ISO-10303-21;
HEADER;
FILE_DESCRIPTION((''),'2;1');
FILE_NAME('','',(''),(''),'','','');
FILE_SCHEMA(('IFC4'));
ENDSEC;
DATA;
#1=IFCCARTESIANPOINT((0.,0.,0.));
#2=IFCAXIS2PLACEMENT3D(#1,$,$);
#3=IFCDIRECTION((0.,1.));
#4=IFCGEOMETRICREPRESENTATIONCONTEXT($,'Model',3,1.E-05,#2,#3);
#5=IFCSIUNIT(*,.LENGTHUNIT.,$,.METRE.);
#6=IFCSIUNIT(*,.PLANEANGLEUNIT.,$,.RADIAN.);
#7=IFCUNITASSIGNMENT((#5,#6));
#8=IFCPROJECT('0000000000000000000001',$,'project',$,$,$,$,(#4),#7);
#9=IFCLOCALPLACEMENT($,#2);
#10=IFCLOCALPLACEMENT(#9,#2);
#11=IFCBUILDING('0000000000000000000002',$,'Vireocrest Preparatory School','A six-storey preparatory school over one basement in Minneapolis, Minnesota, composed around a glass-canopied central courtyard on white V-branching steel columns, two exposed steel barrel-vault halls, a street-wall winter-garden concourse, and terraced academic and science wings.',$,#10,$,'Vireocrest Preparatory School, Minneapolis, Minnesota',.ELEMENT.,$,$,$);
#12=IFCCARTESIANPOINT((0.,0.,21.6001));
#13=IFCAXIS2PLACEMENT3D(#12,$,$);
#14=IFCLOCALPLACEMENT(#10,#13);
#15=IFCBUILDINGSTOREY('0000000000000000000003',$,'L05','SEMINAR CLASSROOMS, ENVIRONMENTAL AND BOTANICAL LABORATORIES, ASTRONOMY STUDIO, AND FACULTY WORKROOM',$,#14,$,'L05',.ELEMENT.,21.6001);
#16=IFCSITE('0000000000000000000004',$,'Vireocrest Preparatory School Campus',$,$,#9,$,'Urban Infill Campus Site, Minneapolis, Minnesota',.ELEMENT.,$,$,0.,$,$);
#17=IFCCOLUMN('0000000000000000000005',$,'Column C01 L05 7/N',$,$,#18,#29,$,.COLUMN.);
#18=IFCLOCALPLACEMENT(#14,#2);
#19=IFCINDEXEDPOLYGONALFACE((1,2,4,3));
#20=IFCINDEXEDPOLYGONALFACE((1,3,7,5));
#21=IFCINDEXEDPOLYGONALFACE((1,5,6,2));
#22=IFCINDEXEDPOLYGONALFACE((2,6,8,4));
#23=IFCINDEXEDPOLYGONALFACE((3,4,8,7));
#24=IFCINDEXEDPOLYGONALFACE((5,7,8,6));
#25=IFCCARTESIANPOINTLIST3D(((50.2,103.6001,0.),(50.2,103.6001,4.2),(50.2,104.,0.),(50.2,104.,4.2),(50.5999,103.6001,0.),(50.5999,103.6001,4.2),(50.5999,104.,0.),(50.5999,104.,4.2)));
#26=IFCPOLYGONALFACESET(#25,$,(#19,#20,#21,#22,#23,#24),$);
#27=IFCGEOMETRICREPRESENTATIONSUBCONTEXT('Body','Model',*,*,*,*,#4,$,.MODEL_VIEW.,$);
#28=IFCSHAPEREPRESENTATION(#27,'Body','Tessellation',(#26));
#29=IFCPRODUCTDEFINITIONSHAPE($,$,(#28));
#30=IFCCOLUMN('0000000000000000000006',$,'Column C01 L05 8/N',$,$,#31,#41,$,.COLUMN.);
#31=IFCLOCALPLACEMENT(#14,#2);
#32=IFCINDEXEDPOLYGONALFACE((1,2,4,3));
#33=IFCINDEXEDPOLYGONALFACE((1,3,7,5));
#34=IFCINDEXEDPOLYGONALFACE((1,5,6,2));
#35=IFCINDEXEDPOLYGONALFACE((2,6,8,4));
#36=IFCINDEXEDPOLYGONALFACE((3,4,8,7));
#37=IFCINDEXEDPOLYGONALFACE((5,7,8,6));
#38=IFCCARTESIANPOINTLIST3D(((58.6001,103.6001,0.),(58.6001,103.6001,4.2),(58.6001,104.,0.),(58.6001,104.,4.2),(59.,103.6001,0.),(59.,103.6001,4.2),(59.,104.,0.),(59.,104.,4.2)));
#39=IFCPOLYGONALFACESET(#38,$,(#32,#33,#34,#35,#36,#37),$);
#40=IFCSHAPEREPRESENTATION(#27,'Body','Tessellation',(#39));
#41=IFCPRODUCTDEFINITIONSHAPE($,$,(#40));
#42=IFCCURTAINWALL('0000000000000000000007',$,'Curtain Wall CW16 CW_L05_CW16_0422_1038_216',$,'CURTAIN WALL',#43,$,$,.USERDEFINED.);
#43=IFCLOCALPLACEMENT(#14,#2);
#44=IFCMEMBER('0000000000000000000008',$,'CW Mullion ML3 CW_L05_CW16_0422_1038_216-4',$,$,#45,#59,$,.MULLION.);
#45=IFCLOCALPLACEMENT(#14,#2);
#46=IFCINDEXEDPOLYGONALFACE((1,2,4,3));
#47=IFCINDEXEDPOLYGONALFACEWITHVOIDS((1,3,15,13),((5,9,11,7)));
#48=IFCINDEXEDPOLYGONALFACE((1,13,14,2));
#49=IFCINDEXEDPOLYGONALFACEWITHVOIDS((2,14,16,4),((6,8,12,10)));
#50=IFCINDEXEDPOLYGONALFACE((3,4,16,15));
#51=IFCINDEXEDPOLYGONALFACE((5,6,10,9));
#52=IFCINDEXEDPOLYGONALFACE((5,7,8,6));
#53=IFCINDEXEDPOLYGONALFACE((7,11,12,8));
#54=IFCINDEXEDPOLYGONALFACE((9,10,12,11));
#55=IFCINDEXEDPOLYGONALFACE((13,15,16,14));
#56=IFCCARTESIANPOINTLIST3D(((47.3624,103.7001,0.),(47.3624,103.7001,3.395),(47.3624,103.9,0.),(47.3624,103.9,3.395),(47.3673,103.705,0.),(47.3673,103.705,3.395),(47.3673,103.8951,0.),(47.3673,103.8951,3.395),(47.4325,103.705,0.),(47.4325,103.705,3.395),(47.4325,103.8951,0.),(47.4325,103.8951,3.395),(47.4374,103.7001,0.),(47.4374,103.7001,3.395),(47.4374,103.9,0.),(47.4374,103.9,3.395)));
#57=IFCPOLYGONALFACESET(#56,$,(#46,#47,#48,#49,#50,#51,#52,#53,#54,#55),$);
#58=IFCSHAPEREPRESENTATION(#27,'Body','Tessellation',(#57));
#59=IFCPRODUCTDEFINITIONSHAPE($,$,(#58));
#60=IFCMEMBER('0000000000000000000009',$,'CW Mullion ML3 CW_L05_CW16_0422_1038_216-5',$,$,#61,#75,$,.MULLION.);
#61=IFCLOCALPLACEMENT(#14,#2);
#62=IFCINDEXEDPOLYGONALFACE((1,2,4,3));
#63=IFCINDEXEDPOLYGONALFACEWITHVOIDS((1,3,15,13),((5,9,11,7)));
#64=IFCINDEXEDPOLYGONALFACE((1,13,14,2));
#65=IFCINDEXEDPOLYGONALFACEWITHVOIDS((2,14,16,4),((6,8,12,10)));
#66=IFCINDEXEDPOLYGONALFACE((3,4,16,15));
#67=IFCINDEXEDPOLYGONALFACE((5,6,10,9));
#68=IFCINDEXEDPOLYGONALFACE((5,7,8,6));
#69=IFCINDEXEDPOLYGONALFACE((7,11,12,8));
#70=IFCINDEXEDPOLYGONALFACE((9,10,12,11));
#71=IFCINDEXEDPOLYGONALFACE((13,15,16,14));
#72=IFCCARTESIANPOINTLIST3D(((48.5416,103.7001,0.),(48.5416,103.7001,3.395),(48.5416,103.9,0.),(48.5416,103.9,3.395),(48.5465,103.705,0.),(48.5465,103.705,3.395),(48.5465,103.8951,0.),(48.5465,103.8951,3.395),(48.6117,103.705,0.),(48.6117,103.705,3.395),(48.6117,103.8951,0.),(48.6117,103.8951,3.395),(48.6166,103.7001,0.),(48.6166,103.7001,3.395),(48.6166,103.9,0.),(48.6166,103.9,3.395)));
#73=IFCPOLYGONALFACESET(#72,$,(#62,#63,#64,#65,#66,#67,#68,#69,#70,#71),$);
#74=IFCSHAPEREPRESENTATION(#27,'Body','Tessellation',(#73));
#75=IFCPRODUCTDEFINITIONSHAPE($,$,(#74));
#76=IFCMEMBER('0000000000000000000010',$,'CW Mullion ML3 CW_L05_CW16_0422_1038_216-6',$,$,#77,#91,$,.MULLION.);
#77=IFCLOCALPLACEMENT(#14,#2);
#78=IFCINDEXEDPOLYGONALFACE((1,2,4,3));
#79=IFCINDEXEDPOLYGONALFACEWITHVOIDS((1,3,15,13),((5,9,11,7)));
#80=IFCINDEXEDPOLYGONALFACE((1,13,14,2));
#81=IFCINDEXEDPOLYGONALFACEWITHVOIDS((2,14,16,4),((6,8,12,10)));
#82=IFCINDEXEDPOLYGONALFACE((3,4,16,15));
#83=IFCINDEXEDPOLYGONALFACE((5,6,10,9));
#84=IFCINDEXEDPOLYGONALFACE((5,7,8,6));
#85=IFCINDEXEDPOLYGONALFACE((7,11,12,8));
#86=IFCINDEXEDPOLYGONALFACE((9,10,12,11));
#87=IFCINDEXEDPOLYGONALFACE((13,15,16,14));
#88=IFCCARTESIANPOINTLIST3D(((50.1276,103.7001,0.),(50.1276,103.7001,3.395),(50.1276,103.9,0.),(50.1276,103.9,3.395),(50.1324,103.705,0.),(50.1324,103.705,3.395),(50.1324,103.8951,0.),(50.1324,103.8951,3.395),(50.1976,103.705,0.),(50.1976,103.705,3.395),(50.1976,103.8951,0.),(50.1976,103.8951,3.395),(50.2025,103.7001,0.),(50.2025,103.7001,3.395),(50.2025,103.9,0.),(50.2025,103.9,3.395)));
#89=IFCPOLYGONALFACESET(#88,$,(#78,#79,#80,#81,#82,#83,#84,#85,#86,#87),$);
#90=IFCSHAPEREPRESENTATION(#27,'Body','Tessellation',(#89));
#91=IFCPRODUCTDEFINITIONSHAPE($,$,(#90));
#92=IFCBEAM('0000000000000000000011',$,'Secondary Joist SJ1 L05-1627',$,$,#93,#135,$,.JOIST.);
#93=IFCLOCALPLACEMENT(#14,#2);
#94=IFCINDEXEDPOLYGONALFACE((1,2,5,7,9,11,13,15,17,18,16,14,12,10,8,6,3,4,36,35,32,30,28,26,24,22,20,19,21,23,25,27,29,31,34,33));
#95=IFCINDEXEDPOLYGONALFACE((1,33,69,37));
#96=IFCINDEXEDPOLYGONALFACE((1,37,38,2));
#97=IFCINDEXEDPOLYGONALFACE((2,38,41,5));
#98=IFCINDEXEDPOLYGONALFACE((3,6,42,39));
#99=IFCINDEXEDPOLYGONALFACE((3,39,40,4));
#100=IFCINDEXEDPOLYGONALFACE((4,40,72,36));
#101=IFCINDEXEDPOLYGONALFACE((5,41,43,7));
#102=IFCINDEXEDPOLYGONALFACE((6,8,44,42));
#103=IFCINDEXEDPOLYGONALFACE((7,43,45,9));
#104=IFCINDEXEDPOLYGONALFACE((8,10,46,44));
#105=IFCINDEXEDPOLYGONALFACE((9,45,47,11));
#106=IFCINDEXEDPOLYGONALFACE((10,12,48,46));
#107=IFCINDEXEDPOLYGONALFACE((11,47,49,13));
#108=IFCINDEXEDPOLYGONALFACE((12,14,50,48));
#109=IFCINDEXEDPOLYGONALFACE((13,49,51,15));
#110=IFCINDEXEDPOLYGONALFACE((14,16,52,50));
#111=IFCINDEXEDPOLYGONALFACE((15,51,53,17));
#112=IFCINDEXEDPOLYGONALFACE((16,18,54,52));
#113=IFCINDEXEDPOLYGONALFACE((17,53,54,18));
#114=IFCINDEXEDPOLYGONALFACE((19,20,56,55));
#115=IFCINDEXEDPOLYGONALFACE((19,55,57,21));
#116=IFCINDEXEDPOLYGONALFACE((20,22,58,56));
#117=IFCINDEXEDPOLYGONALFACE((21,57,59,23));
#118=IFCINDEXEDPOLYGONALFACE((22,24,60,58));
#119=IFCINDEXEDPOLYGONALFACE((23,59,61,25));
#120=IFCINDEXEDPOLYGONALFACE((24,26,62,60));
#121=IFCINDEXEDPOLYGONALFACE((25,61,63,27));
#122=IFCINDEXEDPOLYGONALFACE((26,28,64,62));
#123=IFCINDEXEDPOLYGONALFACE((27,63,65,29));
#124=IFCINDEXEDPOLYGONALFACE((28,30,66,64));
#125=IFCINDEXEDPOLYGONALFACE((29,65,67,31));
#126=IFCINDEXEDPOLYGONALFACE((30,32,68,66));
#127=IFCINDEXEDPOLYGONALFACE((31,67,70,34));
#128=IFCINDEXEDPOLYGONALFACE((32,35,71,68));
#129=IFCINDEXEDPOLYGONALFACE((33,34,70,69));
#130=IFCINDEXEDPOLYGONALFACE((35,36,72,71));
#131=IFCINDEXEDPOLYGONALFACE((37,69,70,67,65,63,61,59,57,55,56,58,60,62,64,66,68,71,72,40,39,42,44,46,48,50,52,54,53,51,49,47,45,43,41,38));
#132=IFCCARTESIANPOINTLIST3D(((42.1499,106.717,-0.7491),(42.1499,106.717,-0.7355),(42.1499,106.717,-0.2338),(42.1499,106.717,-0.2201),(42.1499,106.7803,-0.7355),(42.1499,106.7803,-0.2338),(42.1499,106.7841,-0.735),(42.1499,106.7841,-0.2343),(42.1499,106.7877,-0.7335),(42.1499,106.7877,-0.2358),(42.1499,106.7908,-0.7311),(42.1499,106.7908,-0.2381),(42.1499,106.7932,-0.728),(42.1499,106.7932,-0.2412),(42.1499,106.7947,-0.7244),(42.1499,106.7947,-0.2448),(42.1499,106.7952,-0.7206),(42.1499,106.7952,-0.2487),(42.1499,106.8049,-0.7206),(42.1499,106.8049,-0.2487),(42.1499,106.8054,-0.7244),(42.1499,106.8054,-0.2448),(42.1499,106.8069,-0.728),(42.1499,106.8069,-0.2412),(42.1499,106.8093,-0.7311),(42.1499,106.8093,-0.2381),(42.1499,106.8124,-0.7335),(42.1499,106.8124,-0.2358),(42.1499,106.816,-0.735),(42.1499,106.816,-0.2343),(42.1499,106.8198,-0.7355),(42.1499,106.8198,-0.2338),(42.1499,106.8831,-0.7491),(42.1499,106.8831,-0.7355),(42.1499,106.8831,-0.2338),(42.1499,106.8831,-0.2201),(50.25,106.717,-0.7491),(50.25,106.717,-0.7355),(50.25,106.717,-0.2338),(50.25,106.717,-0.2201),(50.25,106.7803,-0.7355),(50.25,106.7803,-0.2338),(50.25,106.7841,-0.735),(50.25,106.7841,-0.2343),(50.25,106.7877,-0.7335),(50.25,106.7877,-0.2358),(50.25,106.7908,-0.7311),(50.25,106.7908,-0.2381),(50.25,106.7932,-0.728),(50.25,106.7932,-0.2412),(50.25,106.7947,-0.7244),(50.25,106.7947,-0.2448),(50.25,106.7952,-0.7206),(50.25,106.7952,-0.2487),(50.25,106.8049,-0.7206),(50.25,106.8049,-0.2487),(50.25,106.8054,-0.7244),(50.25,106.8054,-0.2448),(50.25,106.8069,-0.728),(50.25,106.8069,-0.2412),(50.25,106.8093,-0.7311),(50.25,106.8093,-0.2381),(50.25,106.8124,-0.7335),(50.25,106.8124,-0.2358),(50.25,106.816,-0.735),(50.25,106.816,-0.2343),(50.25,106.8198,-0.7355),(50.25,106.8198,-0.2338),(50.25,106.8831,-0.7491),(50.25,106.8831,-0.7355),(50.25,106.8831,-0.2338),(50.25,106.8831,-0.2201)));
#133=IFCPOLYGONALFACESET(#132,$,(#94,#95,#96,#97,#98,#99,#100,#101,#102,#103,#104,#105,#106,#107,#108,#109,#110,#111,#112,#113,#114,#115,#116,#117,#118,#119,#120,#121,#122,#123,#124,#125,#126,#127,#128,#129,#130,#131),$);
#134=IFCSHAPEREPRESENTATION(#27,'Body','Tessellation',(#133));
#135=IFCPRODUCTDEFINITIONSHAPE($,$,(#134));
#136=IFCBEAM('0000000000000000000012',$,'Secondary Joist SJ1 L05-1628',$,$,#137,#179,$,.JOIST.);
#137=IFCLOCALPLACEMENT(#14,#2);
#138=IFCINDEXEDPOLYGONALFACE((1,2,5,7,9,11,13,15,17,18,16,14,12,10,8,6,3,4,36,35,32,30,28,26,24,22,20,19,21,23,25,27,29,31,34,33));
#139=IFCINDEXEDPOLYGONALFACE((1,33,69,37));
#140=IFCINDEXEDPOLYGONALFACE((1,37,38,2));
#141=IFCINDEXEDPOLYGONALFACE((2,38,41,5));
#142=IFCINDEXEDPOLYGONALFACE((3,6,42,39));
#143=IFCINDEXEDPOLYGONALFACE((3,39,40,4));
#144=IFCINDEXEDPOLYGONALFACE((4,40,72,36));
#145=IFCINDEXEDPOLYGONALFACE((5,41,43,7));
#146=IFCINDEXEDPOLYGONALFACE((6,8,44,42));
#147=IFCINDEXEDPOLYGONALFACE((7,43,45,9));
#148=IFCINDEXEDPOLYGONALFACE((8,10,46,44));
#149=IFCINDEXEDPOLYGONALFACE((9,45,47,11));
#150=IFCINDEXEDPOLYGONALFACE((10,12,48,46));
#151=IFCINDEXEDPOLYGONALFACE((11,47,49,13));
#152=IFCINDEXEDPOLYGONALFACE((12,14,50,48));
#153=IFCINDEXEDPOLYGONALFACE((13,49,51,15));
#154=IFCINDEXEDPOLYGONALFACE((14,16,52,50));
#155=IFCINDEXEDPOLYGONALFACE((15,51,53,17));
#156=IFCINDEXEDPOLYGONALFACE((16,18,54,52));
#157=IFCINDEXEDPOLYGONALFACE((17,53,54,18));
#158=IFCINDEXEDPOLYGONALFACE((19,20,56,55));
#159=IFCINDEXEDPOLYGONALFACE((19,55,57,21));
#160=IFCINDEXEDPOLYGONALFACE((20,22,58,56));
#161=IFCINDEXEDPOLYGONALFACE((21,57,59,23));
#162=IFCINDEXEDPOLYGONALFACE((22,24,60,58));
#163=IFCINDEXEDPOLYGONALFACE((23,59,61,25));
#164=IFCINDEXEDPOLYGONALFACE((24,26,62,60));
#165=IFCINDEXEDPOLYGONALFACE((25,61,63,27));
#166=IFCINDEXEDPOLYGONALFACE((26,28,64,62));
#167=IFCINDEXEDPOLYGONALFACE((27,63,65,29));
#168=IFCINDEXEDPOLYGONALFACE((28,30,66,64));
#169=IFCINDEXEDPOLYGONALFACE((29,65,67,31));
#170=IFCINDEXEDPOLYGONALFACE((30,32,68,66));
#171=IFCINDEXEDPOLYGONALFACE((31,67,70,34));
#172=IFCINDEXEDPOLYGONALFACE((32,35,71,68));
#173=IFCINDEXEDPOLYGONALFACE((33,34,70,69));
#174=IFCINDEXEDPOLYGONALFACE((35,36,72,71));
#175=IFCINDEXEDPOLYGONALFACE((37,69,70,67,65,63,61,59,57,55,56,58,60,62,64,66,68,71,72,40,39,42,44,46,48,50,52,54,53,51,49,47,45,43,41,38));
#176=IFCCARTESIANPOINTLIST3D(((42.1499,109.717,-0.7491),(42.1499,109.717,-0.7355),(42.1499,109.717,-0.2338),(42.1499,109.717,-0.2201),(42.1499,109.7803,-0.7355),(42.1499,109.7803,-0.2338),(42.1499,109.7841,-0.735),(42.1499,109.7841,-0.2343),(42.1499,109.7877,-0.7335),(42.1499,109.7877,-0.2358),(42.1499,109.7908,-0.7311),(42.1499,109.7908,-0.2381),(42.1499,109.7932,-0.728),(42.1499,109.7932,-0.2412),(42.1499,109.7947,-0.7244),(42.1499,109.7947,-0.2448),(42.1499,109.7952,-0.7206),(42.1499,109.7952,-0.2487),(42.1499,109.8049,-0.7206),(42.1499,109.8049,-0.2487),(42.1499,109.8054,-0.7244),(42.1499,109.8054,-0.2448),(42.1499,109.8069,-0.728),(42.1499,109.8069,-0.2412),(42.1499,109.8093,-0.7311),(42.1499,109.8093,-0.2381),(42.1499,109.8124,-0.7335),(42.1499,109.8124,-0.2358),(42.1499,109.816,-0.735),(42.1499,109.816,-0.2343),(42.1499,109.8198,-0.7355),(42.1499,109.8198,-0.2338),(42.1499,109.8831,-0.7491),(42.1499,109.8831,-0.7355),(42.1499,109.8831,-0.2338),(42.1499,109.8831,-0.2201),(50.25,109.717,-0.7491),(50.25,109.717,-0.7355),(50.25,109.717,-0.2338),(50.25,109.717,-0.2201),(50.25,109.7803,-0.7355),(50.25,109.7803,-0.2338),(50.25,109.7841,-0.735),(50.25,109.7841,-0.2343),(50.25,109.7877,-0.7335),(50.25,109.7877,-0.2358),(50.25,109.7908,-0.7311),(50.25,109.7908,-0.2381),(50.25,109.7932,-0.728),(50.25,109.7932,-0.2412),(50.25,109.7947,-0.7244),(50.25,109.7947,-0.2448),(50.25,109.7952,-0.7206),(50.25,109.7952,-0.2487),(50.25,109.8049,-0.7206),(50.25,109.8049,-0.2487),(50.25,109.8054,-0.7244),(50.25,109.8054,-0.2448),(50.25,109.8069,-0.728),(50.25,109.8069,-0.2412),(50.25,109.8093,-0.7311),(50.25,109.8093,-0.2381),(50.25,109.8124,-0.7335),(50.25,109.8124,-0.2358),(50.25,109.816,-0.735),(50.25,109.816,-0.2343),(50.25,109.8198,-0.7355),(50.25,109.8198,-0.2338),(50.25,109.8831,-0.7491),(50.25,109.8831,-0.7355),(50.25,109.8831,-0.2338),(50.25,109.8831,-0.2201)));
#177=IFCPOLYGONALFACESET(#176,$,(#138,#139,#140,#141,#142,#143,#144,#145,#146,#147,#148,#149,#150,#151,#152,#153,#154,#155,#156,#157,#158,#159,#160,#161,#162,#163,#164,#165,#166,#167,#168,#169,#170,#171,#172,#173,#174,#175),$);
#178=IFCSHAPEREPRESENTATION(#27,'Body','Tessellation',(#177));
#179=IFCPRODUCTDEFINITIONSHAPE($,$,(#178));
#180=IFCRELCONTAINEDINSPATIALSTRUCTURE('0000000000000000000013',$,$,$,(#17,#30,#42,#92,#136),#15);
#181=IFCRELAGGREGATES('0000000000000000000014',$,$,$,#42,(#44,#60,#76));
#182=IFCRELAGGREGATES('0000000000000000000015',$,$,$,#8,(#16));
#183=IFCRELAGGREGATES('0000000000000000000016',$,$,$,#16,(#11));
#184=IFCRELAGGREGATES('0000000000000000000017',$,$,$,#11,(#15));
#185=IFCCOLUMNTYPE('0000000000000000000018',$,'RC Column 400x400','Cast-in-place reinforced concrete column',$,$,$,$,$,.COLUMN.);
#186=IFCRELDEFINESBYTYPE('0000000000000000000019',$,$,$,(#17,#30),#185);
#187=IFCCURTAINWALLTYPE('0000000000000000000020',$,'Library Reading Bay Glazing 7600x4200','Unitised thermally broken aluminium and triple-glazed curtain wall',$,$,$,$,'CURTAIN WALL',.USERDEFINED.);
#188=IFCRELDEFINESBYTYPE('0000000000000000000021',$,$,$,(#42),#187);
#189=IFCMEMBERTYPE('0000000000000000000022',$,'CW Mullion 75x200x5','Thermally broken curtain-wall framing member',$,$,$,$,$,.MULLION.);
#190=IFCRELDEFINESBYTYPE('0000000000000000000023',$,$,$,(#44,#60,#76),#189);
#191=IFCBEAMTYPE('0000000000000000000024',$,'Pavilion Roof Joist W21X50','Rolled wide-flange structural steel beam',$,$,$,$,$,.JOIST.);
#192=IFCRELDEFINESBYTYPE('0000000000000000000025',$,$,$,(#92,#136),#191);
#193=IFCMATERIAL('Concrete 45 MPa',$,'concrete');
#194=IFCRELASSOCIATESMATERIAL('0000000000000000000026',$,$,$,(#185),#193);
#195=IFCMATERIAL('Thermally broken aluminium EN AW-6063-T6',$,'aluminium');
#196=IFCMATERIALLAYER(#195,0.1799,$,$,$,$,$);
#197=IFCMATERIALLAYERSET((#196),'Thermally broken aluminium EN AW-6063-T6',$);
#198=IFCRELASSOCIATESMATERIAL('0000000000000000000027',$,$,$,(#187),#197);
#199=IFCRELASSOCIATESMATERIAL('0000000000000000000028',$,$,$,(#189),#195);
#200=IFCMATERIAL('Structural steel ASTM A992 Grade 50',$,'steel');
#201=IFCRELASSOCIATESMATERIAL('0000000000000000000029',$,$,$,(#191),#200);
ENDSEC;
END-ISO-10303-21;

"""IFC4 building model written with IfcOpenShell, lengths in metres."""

from ifc_helpers import new_model, si_unit, direction, frame, origin, origin_2d, place, context, subcontext, project, spatial, rectangle, hollow_rectangle, i_section, extrude, material, layer, layer_set, material_profile, profile_set, type_object, element, aggregate, save


model = new_model("IFC4")

# Units and contexts
model_context = context("Model", 3, precision=1e-05, world=origin(), true_north=direction((0.0, 1.0)))
body_context = subcontext(model_context, "Body", "Model", "MODEL_VIEW")
ifc_project = project(units=[si_unit("LENGTHUNIT", "METRE"), si_unit("PLANEANGLEUNIT", "RADIAN")], contexts=[model_context])

# Site, building, storey
site_placement = place(None, origin())
site = spatial("IfcSite", under=ifc_project, at=site_placement, Name="Vireocrest Preparatory School Campus", LongName="Urban Infill Campus Site, Minneapolis, Minnesota", CompositionType="ELEMENT", RefElevation=0.0)
building_placement = place(site_placement, origin())
building = spatial("IfcBuilding", under=site, at=building_placement, Name="Vireocrest Preparatory School", Description="A six-storey preparatory school over one basement in Minneapolis, Minnesota, composed around a glass-canopied central courtyard on white V-branching steel columns, two exposed steel barrel-vault halls, a street-wall winter-garden concourse, and terraced academic and science wings.", LongName="Vireocrest Preparatory School, Minneapolis, Minnesota", CompositionType="ELEMENT")
storey_placement = place(building_placement, frame((0.0, 0.0, 21.6001)))
storey = spatial("IfcBuildingStorey", under=building, at=storey_placement, Name="L05", Description="SEMINAR CLASSROOMS, ENVIRONMENTAL AND BOTANICAL LABORATORIES, ASTRONOMY STUDIO, AND FACULTY WORKROOM", LongName="L05", CompositionType="ELEMENT", Elevation=21.6001)

# Columns
ifc_material_1 = material(Name="Concrete 45 MPa", Category="concrete")
ifc_material_profile_1 = material_profile(ifc_material_1, rectangle(XDim=0.3999, YDim=0.3999, at=origin_2d()), Name="RC 400x400")
ifc_profile_set_1 = profile_set([ifc_material_profile_1], Name="Concrete 45 MPa")
column_type = type_object("IfcColumnType", Name="RC Column 400x400", Description="Cast-in-place reinforced concrete column", PredefinedType="COLUMN", material=ifc_profile_set_1)
for number, where, z_axis, x_axis, name in (
    (1, (50.3999, 103.8, 0.0), (0.0, 0.0, 1.0), (1.0, 0.0, 0.0), "Column C01 L05 7/N"),
    (2, (58.8, 103.8, 0.0), (0.0, 0.0, 1.0), (1.0, 0.0, 0.0), "Column C01 L05 8/N"),
):
    element("IfcColumn", number, at=place(storey_placement, frame(where, z_axis=z_axis, x_axis=x_axis)), inside=storey, type_object=column_type, Name=name, PredefinedType="COLUMN", context=body_context, shape_type="SweptSolid", body=[
        extrude(rectangle(XDim=0.3999, YDim=0.3999, at=origin_2d()), origin(), (0.0, 0.0, 1.0), 4.2),
    ])

# Curtain wall, members
ifc_material_2 = material(Name="Thermally broken aluminium EN AW-6063-T6", Category="aluminium")
ifc_layer_1 = layer(ifc_material_2, 0.1799)
ifc_layer_set_1 = layer_set([ifc_layer_1], Name="Thermally broken aluminium EN AW-6063-T6")
curtain_wall_type = type_object("IfcCurtainWallType", Name="Library Reading Bay Glazing 7600x4200", Description="Unitised thermally broken aluminium and triple-glazed curtain wall", ElementType="CURTAIN WALL", PredefinedType="USERDEFINED", material=ifc_layer_set_1)
curtain_wall_placement = place(storey_placement, origin())
curtain_wall = element("IfcCurtainWall", 3, at=curtain_wall_placement, inside=storey, type_object=curtain_wall_type, Name="Curtain Wall CW16 CW_L05_CW16_0422_1038_216", ObjectType="CURTAIN WALL", PredefinedType="USERDEFINED")
ifc_material_profile_2 = material_profile(ifc_material_2, hollow_rectangle(XDim=0.075, YDim=0.2, WallThickness=0.0049, at=origin_2d()), Name="ALU 75x200x5")
ifc_profile_set_2 = profile_set([ifc_material_profile_2], Name="Thermally broken aluminium EN AW-6063-T6")
member_type = type_object("IfcMemberType", Name="CW Mullion 75x200x5", Description="Thermally broken curtain-wall framing member", PredefinedType="MULLION", material=ifc_profile_set_2)
member_1_placement = place(storey_placement, frame((47.3999, 103.8, 0.0), z_axis=(0.0, 0.0, 1.0), x_axis=(1.0, 0.0, 0.0)))
member_1 = element("IfcMember", 4, at=member_1_placement, type_object=member_type, Name="CW Mullion ML3 CW_L05_CW16_0422_1038_216-4", PredefinedType="MULLION", context=body_context, shape_type="SweptSolid", body=[
    extrude(hollow_rectangle(XDim=0.075, YDim=0.2, WallThickness=0.0049, at=origin_2d()), origin(), (0.0, 0.0, 1.0), 3.395),
])
member_2_placement = place(storey_placement, frame((48.5791, 103.8, 0.0), z_axis=(0.0, 0.0, 1.0), x_axis=(1.0, 0.0, 0.0)))
member_2 = element("IfcMember", 5, at=member_2_placement, type_object=member_type, Name="CW Mullion ML3 CW_L05_CW16_0422_1038_216-5", PredefinedType="MULLION", context=body_context, shape_type="SweptSolid", body=[
    extrude(hollow_rectangle(XDim=0.075, YDim=0.2, WallThickness=0.0049, at=origin_2d()), origin(), (0.0, 0.0, 1.0), 3.395),
])
member_3_placement = place(storey_placement, frame((50.165, 103.8, 0.0), z_axis=(0.0, 0.0, 1.0), x_axis=(1.0, 0.0, 0.0)))
member_3 = element("IfcMember", 6, at=member_3_placement, type_object=member_type, Name="CW Mullion ML3 CW_L05_CW16_0422_1038_216-6", PredefinedType="MULLION", context=body_context, shape_type="SweptSolid", body=[
    extrude(hollow_rectangle(XDim=0.075, YDim=0.2, WallThickness=0.0049, at=origin_2d()), origin(), (0.0, 0.0, 1.0), 3.395),
])

# Beams
ifc_material_3 = material(Name="Structural steel ASTM A992 Grade 50", Category="steel")
ifc_material_profile_3 = material_profile(ifc_material_3, i_section(OverallWidth=0.166, OverallDepth=0.5291, WebThickness=0.0098, FlangeThickness=0.0137, FilletRadius=0.0149, at=origin_2d()), Name="W21X50")
ifc_profile_set_3 = profile_set([ifc_material_profile_3], Name="Structural steel ASTM A992 Grade 50")
beam_type_1 = type_object("IfcBeamType", Name="Pavilion Roof Joist W21X50", Description="Rolled wide-flange structural steel beam", PredefinedType="JOIST", material=ifc_profile_set_3)
for number, where, z_axis, x_axis, name in (
    (7, (42.1499, 106.8, -0.4846), (1.0, 0.0, 0.0), (0.0, 1.0, 0.0), "Secondary Joist SJ1 L05-1627"),
    (8, (42.1499, 109.8, -0.4846), (1.0, 0.0, 0.0), (0.0, 1.0, 0.0), "Secondary Joist SJ1 L05-1628"),
):
    element("IfcBeam", number, at=place(storey_placement, frame(where, z_axis=z_axis, x_axis=x_axis)), inside=storey, type_object=beam_type_1, Name=name, PredefinedType="JOIST", context=body_context, shape_type="SweptSolid", body=[
        extrude(i_section(OverallWidth=0.166, OverallDepth=0.5291, WebThickness=0.0098, FlangeThickness=0.0137, FilletRadius=0.0149, at=origin_2d()), origin(), (0.0, 0.0, 1.0), 8.1001),
    ])

aggregate(curtain_wall, [member_1, member_2, member_3])

save(model, "model.ifc")
